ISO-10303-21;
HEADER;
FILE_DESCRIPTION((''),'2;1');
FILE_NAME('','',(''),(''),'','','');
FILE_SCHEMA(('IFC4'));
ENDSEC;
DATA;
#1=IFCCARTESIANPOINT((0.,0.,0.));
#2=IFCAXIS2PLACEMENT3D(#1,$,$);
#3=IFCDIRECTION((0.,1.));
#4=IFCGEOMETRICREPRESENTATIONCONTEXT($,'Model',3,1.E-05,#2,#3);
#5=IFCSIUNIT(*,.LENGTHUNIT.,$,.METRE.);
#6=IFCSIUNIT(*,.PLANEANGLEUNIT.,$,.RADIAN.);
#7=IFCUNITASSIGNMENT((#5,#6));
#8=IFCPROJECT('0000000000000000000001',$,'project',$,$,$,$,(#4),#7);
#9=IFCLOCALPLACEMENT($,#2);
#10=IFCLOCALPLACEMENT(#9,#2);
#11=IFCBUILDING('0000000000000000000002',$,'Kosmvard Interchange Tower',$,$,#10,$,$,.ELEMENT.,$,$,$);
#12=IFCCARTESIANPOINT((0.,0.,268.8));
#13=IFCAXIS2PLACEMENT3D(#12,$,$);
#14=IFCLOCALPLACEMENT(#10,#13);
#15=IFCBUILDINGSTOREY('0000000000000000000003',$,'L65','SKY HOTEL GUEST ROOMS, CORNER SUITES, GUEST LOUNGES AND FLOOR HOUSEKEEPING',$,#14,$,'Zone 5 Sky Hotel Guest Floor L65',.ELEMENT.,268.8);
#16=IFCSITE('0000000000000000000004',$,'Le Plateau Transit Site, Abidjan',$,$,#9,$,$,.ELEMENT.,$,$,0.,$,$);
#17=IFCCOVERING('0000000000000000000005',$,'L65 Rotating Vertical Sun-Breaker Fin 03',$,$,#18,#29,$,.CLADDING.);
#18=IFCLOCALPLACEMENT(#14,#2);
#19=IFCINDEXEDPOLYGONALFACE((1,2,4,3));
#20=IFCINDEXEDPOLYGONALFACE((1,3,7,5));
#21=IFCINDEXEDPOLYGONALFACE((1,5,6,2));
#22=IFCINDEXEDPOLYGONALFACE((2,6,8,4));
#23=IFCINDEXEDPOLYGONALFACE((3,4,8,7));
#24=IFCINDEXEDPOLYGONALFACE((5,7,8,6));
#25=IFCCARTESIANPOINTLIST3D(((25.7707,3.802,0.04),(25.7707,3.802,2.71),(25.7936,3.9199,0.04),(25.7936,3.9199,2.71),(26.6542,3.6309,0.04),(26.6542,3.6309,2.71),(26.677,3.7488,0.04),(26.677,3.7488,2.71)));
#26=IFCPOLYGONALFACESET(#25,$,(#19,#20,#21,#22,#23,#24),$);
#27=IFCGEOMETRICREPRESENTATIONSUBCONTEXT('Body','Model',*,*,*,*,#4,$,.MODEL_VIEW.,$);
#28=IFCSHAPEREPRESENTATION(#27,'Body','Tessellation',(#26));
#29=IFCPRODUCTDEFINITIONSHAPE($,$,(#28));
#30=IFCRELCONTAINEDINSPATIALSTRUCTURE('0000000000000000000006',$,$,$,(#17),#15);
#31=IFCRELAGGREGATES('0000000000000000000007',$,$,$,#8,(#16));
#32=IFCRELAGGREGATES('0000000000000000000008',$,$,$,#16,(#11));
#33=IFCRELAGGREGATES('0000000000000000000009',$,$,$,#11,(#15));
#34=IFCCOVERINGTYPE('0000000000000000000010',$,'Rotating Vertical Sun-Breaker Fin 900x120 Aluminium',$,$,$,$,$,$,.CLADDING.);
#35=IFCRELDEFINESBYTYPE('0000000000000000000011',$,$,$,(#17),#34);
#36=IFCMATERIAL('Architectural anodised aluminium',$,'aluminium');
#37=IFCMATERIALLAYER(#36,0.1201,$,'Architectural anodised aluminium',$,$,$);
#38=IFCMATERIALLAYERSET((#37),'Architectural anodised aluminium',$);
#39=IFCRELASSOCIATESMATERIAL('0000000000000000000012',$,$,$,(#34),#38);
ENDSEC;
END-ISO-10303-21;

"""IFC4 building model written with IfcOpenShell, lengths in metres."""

from ifc_helpers import new_model, si_unit, direction, frame, origin, origin_2d, place, context, subcontext, project, spatial, rectangle, extrude, source, transform, mapped, material, layer, layer_set, type_object, element, save


model = new_model("IFC4")

# Units and contexts
model_context = context("Model", 3, precision=1e-05, world=origin(), true_north=direction((0.0, 1.0)))
body_context = subcontext(model_context, "Body", "Model", "MODEL_VIEW")
ifc_project = project(units=[si_unit("LENGTHUNIT", "METRE"), si_unit("PLANEANGLEUNIT", "RADIAN")], contexts=[model_context])

# Site, building, storey
site_placement = place(None, origin())
site = spatial("IfcSite", under=ifc_project, at=site_placement, Name="Le Plateau Transit Site, Abidjan", CompositionType="ELEMENT", RefElevation=0.0)
building_placement = place(site_placement, origin())
building = spatial("IfcBuilding", under=site, at=building_placement, Name="Kosmvard Interchange Tower", CompositionType="ELEMENT")
storey_placement = place(building_placement, frame((0.0, 0.0, 268.8)))
storey = spatial("IfcBuildingStorey", under=building, at=storey_placement, Name="L65", Description="SKY HOTEL GUEST ROOMS, CORNER SUITES, GUEST LOUNGES AND FLOOR HOUSEKEEPING", LongName="Zone 5 Sky Hotel Guest Floor L65", CompositionType="ELEMENT", Elevation=268.8)

# Covering
ifc_material_1 = material(Name="Architectural anodised aluminium", Category="aluminium")
ifc_layer_1 = layer(ifc_material_1, 0.1201, Name="Architectural anodised aluminium")
ifc_layer_set_1 = layer_set([ifc_layer_1], Name="Architectural anodised aluminium")
covering_type = type_object("IfcCoveringType", Name="Rotating Vertical Sun-Breaker Fin 900x120 Aluminium", PredefinedType="CLADDING", material=ifc_layer_set_1)
shared_shape_1 = source(origin(), body_context, "Body", "SweptSolid", [
    extrude(rectangle(XDim=0.8999, YDim=0.1201, at=origin_2d()), origin(), (0.0, 0.0, 1.0), 2.6699),
])
covering_placement = place(storey_placement, frame((26.2239, 3.7754, 0.04), z_axis=(0.0, 0.0, 1.0), x_axis=(0.98176, -0.190124, 0.0)))
element("IfcCovering", 1, at=covering_placement, inside=storey, type_object=covering_type, Name="L65 Rotating Vertical Sun-Breaker Fin 03", PredefinedType="CLADDING", context=body_context, shape_type="MappedRepresentation", body=[
    mapped(shared_shape_1, transform((0.0, 0.0, 0.0), scale=1.0)),
])

save(model, "model.ifc")
